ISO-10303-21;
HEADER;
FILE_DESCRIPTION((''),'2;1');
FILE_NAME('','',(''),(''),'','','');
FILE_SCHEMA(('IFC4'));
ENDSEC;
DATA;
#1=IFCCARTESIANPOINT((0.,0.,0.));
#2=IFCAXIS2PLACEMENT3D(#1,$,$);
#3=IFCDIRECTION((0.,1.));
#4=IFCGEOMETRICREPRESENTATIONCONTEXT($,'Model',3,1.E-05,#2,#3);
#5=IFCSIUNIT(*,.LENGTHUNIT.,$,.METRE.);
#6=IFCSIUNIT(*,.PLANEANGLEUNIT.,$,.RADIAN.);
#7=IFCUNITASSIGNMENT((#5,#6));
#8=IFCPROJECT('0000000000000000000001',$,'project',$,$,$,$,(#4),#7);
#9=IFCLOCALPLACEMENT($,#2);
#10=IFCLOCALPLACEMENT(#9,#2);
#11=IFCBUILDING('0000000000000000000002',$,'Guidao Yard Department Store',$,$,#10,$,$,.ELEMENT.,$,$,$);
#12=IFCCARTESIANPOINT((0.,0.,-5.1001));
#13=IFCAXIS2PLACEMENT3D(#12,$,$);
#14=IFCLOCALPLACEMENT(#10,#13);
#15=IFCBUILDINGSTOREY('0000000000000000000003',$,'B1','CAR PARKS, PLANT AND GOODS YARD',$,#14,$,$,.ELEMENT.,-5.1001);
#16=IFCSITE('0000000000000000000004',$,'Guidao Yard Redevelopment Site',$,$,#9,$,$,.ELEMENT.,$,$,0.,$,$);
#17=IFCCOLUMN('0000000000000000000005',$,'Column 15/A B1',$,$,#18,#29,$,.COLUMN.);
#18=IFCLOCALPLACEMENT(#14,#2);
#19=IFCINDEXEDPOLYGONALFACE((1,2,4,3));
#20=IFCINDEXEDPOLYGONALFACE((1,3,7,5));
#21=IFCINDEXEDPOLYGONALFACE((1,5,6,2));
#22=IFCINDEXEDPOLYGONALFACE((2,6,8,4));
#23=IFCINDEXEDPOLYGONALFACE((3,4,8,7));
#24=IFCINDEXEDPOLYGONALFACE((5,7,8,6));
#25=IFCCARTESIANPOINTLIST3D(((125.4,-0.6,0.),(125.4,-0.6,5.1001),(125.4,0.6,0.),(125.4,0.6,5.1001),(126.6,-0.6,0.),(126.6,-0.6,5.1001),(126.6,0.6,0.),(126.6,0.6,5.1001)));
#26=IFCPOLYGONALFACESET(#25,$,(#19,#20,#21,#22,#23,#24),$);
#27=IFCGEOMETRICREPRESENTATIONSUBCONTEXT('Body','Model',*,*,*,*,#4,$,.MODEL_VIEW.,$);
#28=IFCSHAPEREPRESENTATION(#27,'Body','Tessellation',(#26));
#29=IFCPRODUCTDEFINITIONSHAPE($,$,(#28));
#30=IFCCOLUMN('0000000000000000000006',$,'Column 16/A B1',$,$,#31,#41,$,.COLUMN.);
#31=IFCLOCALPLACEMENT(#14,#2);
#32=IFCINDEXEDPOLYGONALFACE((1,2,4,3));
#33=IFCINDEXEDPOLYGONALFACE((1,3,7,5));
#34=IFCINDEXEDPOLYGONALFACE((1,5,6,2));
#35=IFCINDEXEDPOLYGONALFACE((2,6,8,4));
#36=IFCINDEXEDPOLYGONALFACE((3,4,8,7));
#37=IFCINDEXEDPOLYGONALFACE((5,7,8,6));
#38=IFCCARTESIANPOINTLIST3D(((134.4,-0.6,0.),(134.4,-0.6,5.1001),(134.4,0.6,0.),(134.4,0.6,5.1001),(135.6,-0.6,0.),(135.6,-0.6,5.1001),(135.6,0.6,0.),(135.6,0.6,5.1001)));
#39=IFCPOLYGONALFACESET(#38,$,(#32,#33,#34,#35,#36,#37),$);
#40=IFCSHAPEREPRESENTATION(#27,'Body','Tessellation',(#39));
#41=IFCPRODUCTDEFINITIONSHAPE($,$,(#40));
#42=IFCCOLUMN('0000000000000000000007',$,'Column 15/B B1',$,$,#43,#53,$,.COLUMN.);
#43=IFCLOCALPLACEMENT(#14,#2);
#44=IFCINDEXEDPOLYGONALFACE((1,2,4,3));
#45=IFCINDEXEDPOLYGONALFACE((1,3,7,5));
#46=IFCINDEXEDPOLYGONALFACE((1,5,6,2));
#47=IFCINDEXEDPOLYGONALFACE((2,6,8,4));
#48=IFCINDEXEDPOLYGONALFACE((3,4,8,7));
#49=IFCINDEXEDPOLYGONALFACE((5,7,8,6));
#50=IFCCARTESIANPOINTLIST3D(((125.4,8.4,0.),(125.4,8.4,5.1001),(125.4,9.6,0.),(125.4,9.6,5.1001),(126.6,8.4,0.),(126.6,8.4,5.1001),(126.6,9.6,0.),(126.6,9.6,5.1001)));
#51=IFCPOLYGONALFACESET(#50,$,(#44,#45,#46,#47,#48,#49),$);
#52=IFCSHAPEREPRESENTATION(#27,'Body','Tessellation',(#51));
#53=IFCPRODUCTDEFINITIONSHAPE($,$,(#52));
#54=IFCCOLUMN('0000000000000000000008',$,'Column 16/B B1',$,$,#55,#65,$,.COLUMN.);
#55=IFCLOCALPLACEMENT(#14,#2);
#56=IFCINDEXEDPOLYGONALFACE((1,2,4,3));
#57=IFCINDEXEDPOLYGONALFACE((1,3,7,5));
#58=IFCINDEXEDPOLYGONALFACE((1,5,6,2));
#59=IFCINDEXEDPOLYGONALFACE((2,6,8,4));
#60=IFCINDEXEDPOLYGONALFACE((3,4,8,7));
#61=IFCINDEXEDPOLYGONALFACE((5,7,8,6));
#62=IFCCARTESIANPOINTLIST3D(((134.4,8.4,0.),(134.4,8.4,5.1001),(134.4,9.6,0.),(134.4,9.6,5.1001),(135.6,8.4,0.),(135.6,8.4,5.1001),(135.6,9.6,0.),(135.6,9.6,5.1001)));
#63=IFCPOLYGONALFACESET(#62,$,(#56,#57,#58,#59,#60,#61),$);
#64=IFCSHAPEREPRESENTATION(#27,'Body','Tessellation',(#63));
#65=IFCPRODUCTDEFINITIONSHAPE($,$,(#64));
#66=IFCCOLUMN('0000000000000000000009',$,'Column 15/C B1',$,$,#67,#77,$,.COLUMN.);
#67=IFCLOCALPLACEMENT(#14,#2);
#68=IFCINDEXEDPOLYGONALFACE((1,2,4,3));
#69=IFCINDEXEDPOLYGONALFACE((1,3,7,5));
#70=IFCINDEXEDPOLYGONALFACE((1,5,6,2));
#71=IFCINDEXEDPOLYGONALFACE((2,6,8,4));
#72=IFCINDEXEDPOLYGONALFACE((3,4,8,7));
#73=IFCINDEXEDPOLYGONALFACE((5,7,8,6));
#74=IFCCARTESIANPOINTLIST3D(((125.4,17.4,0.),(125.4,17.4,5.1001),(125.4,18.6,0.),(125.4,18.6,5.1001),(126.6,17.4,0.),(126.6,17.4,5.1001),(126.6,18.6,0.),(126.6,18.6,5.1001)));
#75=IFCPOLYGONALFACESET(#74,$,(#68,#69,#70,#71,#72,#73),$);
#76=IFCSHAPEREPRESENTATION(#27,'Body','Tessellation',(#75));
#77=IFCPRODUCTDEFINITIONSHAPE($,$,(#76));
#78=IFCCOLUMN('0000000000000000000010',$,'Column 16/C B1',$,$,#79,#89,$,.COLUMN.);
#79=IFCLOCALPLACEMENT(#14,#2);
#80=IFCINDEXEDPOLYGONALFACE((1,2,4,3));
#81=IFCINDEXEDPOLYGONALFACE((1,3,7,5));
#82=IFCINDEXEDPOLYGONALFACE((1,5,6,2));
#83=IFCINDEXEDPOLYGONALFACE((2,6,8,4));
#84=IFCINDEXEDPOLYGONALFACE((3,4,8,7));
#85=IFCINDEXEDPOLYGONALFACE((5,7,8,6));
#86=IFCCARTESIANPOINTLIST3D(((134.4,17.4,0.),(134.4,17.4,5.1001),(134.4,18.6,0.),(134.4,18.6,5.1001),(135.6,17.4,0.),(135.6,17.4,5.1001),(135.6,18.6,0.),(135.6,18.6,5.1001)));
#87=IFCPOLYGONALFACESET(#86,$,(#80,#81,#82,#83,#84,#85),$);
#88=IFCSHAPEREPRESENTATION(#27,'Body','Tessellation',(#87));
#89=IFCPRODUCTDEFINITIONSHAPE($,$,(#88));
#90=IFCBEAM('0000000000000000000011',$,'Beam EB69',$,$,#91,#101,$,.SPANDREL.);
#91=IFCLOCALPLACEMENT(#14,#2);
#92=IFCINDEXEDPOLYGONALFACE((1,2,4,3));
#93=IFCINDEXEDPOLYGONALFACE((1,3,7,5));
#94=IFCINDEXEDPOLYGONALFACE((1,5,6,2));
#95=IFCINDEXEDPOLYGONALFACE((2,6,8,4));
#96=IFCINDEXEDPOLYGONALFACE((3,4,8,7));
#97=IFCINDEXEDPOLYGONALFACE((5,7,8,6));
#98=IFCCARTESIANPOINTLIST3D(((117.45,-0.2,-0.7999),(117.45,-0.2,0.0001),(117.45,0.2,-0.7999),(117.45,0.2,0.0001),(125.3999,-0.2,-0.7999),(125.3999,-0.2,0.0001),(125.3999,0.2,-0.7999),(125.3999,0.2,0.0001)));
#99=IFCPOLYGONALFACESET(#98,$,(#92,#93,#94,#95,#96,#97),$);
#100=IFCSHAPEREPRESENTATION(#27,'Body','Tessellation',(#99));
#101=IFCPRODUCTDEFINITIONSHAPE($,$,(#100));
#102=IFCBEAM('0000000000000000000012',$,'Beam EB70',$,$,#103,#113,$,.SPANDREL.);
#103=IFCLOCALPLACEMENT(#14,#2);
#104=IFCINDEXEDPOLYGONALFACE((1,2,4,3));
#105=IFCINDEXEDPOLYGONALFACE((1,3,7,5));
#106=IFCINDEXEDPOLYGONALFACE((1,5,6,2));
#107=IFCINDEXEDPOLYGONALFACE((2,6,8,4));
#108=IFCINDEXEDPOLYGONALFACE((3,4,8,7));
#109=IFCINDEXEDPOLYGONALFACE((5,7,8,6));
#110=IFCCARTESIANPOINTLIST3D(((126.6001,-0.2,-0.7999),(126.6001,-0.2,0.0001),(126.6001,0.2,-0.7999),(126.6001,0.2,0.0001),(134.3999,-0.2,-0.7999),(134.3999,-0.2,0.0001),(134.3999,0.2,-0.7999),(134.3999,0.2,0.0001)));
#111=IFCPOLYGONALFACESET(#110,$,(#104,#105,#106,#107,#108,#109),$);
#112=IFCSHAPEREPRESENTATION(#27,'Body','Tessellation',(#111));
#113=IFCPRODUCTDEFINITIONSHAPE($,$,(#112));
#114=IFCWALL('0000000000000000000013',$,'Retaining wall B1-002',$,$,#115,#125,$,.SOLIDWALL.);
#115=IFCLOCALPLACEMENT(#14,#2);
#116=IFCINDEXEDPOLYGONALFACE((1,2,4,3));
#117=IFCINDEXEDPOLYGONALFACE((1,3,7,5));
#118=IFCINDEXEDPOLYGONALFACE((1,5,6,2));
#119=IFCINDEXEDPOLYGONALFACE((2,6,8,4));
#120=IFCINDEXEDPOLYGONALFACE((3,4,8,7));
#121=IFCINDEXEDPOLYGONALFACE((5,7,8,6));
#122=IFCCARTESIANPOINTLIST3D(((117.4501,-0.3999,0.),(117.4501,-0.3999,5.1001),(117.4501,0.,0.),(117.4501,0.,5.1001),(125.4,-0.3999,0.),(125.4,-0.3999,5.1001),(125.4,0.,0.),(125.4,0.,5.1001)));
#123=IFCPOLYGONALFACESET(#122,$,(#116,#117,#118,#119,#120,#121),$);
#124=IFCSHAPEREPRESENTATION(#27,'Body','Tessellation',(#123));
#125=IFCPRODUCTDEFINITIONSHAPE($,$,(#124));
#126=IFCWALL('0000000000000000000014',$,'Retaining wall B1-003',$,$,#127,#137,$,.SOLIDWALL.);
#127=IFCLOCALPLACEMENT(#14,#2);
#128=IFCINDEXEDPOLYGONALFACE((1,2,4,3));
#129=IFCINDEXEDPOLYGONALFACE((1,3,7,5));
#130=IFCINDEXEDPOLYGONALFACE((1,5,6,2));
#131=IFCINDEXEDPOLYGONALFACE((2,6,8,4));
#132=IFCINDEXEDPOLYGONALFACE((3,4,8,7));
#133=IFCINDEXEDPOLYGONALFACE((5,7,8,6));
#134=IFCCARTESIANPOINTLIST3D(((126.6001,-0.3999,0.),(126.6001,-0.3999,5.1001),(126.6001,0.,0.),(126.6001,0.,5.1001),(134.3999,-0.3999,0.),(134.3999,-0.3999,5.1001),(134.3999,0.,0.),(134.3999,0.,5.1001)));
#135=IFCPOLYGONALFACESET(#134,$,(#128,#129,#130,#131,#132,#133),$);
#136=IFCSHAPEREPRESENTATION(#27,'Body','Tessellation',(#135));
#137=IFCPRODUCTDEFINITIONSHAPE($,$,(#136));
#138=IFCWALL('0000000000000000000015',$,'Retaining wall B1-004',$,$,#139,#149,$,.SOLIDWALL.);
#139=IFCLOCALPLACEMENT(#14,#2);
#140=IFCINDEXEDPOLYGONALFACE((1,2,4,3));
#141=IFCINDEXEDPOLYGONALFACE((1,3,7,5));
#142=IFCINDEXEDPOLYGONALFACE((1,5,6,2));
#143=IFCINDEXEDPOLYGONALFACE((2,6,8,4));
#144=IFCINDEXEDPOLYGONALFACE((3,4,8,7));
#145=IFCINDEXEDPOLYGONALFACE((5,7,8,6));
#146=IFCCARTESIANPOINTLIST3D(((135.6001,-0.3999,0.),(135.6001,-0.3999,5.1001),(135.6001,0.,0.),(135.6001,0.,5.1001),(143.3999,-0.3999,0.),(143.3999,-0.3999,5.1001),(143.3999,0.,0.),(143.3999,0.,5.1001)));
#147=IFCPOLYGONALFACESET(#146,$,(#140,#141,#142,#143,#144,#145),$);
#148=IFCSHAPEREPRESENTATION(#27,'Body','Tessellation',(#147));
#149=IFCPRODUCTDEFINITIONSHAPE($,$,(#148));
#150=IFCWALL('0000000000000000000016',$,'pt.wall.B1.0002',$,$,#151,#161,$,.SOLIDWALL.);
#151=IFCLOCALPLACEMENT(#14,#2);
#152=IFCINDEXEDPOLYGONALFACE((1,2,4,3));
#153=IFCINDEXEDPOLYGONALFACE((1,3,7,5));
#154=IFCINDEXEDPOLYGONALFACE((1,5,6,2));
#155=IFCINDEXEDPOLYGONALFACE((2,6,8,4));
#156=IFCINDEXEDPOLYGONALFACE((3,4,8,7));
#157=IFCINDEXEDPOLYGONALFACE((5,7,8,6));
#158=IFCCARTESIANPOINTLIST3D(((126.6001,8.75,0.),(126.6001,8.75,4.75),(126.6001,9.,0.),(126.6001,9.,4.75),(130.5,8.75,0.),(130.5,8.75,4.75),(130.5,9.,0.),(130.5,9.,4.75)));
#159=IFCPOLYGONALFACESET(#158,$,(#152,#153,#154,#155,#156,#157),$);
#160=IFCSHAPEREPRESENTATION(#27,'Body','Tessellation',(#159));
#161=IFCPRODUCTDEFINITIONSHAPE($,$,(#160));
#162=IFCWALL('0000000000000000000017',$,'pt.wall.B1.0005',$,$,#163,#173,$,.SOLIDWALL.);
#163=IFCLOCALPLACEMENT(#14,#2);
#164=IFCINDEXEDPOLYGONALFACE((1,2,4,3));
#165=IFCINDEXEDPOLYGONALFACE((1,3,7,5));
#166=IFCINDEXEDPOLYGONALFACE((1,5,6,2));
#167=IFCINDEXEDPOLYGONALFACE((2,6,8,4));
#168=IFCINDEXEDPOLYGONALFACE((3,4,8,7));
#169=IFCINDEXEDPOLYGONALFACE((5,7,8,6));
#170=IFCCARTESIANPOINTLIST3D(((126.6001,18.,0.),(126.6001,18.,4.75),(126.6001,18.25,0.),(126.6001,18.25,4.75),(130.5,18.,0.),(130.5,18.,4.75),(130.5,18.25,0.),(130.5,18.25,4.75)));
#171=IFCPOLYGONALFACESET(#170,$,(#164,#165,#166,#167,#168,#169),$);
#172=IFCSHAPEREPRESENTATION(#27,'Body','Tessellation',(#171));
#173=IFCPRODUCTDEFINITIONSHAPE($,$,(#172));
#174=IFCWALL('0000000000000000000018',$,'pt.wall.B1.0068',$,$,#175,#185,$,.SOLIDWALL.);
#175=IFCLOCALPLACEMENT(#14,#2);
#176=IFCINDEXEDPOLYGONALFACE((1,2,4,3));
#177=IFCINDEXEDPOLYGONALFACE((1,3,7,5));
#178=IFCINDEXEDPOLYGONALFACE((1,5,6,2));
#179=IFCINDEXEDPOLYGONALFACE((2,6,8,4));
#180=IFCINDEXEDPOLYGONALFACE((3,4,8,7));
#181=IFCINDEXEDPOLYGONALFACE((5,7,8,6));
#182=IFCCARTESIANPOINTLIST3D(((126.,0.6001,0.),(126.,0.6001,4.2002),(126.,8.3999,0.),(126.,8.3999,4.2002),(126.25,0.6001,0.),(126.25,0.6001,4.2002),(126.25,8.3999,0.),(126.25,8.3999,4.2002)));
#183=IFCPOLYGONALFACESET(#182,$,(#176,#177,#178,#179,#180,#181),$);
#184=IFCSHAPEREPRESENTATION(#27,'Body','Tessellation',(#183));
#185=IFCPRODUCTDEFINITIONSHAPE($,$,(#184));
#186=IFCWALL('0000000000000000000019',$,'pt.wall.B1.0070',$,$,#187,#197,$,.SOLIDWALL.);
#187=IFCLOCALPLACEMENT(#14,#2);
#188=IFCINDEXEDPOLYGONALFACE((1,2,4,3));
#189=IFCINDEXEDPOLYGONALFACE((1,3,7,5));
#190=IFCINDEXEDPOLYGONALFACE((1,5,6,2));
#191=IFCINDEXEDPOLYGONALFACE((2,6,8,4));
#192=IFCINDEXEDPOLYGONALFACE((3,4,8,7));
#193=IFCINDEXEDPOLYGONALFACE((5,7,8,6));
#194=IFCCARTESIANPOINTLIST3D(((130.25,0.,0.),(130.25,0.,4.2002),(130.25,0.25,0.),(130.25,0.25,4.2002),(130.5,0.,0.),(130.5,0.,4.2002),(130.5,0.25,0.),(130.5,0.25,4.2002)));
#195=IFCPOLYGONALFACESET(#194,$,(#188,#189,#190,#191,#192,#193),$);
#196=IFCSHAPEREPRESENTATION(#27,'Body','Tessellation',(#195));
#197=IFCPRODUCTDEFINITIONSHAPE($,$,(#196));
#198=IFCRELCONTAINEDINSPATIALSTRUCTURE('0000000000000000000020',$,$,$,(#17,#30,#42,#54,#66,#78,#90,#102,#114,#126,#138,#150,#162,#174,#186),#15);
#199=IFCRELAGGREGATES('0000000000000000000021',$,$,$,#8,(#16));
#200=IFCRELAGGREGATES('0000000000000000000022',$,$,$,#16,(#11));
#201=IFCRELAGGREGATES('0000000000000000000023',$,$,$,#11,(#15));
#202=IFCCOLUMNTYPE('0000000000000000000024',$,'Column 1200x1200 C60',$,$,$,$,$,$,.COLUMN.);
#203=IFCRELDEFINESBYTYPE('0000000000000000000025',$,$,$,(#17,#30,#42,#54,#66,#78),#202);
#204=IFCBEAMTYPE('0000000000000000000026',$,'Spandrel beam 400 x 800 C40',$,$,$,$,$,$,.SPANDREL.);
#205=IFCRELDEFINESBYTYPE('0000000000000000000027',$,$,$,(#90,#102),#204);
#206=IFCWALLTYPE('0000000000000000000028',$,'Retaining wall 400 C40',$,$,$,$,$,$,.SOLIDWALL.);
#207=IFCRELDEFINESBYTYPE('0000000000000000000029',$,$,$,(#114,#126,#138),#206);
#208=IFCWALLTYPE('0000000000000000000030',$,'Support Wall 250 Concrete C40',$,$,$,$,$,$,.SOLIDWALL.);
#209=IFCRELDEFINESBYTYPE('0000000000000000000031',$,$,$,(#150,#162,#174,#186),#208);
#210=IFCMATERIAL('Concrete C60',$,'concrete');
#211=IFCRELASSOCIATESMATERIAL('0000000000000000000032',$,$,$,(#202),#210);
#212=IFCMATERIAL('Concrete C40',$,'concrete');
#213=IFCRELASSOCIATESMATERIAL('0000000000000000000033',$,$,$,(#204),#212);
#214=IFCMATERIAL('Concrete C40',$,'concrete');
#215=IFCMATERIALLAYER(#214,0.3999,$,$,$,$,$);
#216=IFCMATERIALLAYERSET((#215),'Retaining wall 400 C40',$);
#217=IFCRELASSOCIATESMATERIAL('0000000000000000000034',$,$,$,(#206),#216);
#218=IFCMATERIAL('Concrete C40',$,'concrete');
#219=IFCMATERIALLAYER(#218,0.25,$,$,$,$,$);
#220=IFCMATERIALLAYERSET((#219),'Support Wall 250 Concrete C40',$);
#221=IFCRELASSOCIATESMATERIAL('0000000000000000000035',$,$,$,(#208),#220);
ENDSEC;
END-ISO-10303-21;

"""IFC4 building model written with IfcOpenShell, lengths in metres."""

from ifc_helpers import new_model, si_unit, direction, frame, frame_2d, origin, origin_2d, place, context, subcontext, project, spatial, rectangle, extrude, material, layer, layer_set, material_profile, profile_set, type_object, element, save


model = new_model("IFC4")

# Units and contexts
model_context = context("Model", 3, precision=1e-05, world=origin(), true_north=direction((0.0, 1.0)))
body_context = subcontext(model_context, "Body", "Model", "MODEL_VIEW")
ifc_project = project(units=[si_unit("LENGTHUNIT", "METRE"), si_unit("PLANEANGLEUNIT", "RADIAN")], contexts=[model_context])

# Site, building, storey
site_placement = place(None, origin())
site = spatial("IfcSite", under=ifc_project, at=site_placement, Name="Guidao Yard Redevelopment Site", CompositionType="ELEMENT", RefElevation=0.0)
building_placement = place(site_placement, origin())
building = spatial("IfcBuilding", under=site, at=building_placement, Name="Guidao Yard Department Store", CompositionType="ELEMENT")
storey_placement = place(building_placement, frame((0.0, 0.0, -5.1001)))
storey = spatial("IfcBuildingStorey", under=building, at=storey_placement, Name="B1", Description="CAR PARKS, PLANT AND GOODS YARD", CompositionType="ELEMENT", Elevation=-5.1001)

# Columns
ifc_material_1 = material(Name="Concrete C60", Category="concrete")
ifc_material_profile_1 = material_profile(ifc_material_1, rectangle(XDim=1.2, YDim=1.2, at=origin_2d()), Name="COL 1200x1200")
ifc_profile_set_1 = profile_set([ifc_material_profile_1], Name="Concrete C60")
column_type = type_object("IfcColumnType", Name="Column 1200x1200 C60", PredefinedType="COLUMN", material=ifc_profile_set_1)
for number, where, z_axis, x_axis, name in (
    (1, (126.0, 0.0, 0.0), (0.0, 0.0, 1.0), (1.0, 0.0, 0.0), "Column 15/A B1"),
    (2, (135.0, 0.0, 0.0), (0.0, 0.0, 1.0), (1.0, 0.0, 0.0), "Column 16/A B1"),
    (3, (126.0, 9.0, 0.0), (0.0, 0.0, 1.0), (1.0, 0.0, 0.0), "Column 15/B B1"),
    (4, (135.0, 9.0, 0.0), (0.0, 0.0, 1.0), (1.0, 0.0, 0.0), "Column 16/B B1"),
    (5, (126.0, 18.0, 0.0), (0.0, 0.0, 1.0), (1.0, 0.0, 0.0), "Column 15/C B1"),
    (6, (135.0, 18.0, 0.0), (0.0, 0.0, 1.0), (1.0, 0.0, 0.0), "Column 16/C B1"),
):
    element("IfcColumn", number, at=place(storey_placement, frame(where, z_axis=z_axis, x_axis=x_axis)), inside=storey, type_object=column_type, Name=name, PredefinedType="COLUMN", context=body_context, shape_type="SweptSolid", body=[
        extrude(rectangle(XDim=1.2, YDim=1.2, at=origin_2d()), origin(), (0.0, 0.0, 1.0), 5.1001),
    ])

# Beams
ifc_material_2 = material(Name="Concrete C40", Category="concrete")
ifc_material_profile_2 = material_profile(ifc_material_2, rectangle(XDim=0.3999, YDim=0.8, at=origin_2d()), Name="Spandrel beam 400 x 800 C40")
ifc_profile_set_2 = profile_set([ifc_material_profile_2], Name="Concrete C40")
beam_type = type_object("IfcBeamType", Name="Spandrel beam 400 x 800 C40", PredefinedType="SPANDREL", material=ifc_profile_set_2)
beam_1_placement = place(storey_placement, frame((117.45, 0.0, -0.3999), z_axis=(1.0, 0.0, 0.0), x_axis=(0.0, 1.0, 0.0)))
element("IfcBeam", 7, at=beam_1_placement, inside=storey, type_object=beam_type, Name="Beam EB69", PredefinedType="SPANDREL", context=body_context, shape_type="SweptSolid", body=[
    extrude(rectangle(XDim=0.3999, YDim=0.8, at=origin_2d()), origin(), (0.0, 0.0, 1.0), 7.95),
])
beam_2_placement = place(storey_placement, frame((126.6001, 0.0, -0.3999), z_axis=(1.0, 0.0, 0.0), x_axis=(0.0, 1.0, 0.0)))
element("IfcBeam", 8, at=beam_2_placement, inside=storey, type_object=beam_type, Name="Beam EB70", PredefinedType="SPANDREL", context=body_context, shape_type="SweptSolid", body=[
    extrude(rectangle(XDim=0.3999, YDim=0.8, at=origin_2d()), origin(), (0.0, 0.0, 1.0), 7.7998),
])

# Walls
ifc_material_3 = material(Name="Concrete C40", Category="concrete")
ifc_layer_1 = layer(ifc_material_3, 0.3999)
ifc_layer_set_1 = layer_set([ifc_layer_1], Name="Retaining wall 400 C40")
wall_type_1 = type_object("IfcWallType", Name="Retaining wall 400 C40", PredefinedType="SOLIDWALL", material=ifc_layer_set_1)
wall_1_placement = place(storey_placement, frame((117.45, -0.2, 0.0), z_axis=(0.0, 0.0, 1.0), x_axis=(1.0, 0.0, 0.0)))
element("IfcWall", 9, at=wall_1_placement, inside=storey, type_object=wall_type_1, Name="Retaining wall B1-002", PredefinedType="SOLIDWALL", context=body_context, shape_type="SweptSolid", body=[
    extrude(rectangle(XDim=7.95, YDim=0.3999, at=frame_2d((3.9751, 0.0))), origin(), (0.0, 0.0, 1.0), 5.1001),
])
for number, where, z_axis, x_axis, name in (
    (10, (126.6001, -0.2, 0.0), (0.0, 0.0, 1.0), (1.0, 0.0, 0.0), "Retaining wall B1-003"),
    (11, (135.6001, -0.2, 0.0), (0.0, 0.0, 1.0), (1.0, 0.0, 0.0), "Retaining wall B1-004"),
):
    element("IfcWall", number, at=place(storey_placement, frame(where, z_axis=z_axis, x_axis=x_axis)), inside=storey, type_object=wall_type_1, Name=name, PredefinedType="SOLIDWALL", context=body_context, shape_type="SweptSolid", body=[
        extrude(rectangle(XDim=7.7998, YDim=0.3999, at=frame_2d((3.8999, 0.0))), origin(), (0.0, 0.0, 1.0), 5.1001),
    ])
ifc_material_4 = material(Name="Concrete C40", Category="concrete")
ifc_layer_2 = layer(ifc_material_4, 0.25)
ifc_layer_set_2 = layer_set([ifc_layer_2], Name="Support Wall 250 Concrete C40")
wall_type_2 = type_object("IfcWallType", Name="Support Wall 250 Concrete C40", PredefinedType="SOLIDWALL", material=ifc_layer_set_2)
for number, where, z_axis, x_axis, name in (
    (12, (126.6001, 8.875, 0.0), (0.0, 0.0, 1.0), (1.0, 0.0, 0.0), "pt.wall.B1.0002"),
    (13, (126.6001, 18.125, 0.0), (0.0, 0.0, 1.0), (1.0, 0.0, 0.0), "pt.wall.B1.0005"),
):
    element("IfcWall", number, at=place(storey_placement, frame(where, z_axis=z_axis, x_axis=x_axis)), inside=storey, type_object=wall_type_2, Name=name, PredefinedType="SOLIDWALL", context=body_context, shape_type="SweptSolid", body=[
        extrude(rectangle(XDim=3.8999, YDim=0.25, at=frame_2d((1.95, 0.0))), origin(), (0.0, 0.0, 1.0), 4.75),
    ])
wall_2_placement = place(storey_placement, frame((126.125, 0.6001, 0.0), z_axis=(0.0, 0.0, 1.0), x_axis=(0.0, 1.0, 0.0)))
element("IfcWall", 14, at=wall_2_placement, inside=storey, type_object=wall_type_2, Name="pt.wall.B1.0068", PredefinedType="SOLIDWALL", context=body_context, shape_type="SweptSolid", body=[
    extrude(rectangle(XDim=7.7998, YDim=0.25, at=frame_2d((3.8999, 0.0))), origin(), (0.0, 0.0, 1.0), 4.2002),
])
wall_3_placement = place(storey_placement, frame((130.375, 0.0, 0.0), z_axis=(0.0, 0.0, 1.0), x_axis=(0.0, 1.0, 0.0)))
element("IfcWall", 15, at=wall_3_placement, inside=storey, type_object=wall_type_2, Name="pt.wall.B1.0070", PredefinedType="SOLIDWALL", context=body_context, shape_type="SweptSolid", body=[
    extrude(rectangle(XDim=0.25, YDim=0.25, at=frame_2d((0.125, 0.0))), origin(), (0.0, 0.0, 1.0), 4.2002),
])

save(model, "model.ifc")
